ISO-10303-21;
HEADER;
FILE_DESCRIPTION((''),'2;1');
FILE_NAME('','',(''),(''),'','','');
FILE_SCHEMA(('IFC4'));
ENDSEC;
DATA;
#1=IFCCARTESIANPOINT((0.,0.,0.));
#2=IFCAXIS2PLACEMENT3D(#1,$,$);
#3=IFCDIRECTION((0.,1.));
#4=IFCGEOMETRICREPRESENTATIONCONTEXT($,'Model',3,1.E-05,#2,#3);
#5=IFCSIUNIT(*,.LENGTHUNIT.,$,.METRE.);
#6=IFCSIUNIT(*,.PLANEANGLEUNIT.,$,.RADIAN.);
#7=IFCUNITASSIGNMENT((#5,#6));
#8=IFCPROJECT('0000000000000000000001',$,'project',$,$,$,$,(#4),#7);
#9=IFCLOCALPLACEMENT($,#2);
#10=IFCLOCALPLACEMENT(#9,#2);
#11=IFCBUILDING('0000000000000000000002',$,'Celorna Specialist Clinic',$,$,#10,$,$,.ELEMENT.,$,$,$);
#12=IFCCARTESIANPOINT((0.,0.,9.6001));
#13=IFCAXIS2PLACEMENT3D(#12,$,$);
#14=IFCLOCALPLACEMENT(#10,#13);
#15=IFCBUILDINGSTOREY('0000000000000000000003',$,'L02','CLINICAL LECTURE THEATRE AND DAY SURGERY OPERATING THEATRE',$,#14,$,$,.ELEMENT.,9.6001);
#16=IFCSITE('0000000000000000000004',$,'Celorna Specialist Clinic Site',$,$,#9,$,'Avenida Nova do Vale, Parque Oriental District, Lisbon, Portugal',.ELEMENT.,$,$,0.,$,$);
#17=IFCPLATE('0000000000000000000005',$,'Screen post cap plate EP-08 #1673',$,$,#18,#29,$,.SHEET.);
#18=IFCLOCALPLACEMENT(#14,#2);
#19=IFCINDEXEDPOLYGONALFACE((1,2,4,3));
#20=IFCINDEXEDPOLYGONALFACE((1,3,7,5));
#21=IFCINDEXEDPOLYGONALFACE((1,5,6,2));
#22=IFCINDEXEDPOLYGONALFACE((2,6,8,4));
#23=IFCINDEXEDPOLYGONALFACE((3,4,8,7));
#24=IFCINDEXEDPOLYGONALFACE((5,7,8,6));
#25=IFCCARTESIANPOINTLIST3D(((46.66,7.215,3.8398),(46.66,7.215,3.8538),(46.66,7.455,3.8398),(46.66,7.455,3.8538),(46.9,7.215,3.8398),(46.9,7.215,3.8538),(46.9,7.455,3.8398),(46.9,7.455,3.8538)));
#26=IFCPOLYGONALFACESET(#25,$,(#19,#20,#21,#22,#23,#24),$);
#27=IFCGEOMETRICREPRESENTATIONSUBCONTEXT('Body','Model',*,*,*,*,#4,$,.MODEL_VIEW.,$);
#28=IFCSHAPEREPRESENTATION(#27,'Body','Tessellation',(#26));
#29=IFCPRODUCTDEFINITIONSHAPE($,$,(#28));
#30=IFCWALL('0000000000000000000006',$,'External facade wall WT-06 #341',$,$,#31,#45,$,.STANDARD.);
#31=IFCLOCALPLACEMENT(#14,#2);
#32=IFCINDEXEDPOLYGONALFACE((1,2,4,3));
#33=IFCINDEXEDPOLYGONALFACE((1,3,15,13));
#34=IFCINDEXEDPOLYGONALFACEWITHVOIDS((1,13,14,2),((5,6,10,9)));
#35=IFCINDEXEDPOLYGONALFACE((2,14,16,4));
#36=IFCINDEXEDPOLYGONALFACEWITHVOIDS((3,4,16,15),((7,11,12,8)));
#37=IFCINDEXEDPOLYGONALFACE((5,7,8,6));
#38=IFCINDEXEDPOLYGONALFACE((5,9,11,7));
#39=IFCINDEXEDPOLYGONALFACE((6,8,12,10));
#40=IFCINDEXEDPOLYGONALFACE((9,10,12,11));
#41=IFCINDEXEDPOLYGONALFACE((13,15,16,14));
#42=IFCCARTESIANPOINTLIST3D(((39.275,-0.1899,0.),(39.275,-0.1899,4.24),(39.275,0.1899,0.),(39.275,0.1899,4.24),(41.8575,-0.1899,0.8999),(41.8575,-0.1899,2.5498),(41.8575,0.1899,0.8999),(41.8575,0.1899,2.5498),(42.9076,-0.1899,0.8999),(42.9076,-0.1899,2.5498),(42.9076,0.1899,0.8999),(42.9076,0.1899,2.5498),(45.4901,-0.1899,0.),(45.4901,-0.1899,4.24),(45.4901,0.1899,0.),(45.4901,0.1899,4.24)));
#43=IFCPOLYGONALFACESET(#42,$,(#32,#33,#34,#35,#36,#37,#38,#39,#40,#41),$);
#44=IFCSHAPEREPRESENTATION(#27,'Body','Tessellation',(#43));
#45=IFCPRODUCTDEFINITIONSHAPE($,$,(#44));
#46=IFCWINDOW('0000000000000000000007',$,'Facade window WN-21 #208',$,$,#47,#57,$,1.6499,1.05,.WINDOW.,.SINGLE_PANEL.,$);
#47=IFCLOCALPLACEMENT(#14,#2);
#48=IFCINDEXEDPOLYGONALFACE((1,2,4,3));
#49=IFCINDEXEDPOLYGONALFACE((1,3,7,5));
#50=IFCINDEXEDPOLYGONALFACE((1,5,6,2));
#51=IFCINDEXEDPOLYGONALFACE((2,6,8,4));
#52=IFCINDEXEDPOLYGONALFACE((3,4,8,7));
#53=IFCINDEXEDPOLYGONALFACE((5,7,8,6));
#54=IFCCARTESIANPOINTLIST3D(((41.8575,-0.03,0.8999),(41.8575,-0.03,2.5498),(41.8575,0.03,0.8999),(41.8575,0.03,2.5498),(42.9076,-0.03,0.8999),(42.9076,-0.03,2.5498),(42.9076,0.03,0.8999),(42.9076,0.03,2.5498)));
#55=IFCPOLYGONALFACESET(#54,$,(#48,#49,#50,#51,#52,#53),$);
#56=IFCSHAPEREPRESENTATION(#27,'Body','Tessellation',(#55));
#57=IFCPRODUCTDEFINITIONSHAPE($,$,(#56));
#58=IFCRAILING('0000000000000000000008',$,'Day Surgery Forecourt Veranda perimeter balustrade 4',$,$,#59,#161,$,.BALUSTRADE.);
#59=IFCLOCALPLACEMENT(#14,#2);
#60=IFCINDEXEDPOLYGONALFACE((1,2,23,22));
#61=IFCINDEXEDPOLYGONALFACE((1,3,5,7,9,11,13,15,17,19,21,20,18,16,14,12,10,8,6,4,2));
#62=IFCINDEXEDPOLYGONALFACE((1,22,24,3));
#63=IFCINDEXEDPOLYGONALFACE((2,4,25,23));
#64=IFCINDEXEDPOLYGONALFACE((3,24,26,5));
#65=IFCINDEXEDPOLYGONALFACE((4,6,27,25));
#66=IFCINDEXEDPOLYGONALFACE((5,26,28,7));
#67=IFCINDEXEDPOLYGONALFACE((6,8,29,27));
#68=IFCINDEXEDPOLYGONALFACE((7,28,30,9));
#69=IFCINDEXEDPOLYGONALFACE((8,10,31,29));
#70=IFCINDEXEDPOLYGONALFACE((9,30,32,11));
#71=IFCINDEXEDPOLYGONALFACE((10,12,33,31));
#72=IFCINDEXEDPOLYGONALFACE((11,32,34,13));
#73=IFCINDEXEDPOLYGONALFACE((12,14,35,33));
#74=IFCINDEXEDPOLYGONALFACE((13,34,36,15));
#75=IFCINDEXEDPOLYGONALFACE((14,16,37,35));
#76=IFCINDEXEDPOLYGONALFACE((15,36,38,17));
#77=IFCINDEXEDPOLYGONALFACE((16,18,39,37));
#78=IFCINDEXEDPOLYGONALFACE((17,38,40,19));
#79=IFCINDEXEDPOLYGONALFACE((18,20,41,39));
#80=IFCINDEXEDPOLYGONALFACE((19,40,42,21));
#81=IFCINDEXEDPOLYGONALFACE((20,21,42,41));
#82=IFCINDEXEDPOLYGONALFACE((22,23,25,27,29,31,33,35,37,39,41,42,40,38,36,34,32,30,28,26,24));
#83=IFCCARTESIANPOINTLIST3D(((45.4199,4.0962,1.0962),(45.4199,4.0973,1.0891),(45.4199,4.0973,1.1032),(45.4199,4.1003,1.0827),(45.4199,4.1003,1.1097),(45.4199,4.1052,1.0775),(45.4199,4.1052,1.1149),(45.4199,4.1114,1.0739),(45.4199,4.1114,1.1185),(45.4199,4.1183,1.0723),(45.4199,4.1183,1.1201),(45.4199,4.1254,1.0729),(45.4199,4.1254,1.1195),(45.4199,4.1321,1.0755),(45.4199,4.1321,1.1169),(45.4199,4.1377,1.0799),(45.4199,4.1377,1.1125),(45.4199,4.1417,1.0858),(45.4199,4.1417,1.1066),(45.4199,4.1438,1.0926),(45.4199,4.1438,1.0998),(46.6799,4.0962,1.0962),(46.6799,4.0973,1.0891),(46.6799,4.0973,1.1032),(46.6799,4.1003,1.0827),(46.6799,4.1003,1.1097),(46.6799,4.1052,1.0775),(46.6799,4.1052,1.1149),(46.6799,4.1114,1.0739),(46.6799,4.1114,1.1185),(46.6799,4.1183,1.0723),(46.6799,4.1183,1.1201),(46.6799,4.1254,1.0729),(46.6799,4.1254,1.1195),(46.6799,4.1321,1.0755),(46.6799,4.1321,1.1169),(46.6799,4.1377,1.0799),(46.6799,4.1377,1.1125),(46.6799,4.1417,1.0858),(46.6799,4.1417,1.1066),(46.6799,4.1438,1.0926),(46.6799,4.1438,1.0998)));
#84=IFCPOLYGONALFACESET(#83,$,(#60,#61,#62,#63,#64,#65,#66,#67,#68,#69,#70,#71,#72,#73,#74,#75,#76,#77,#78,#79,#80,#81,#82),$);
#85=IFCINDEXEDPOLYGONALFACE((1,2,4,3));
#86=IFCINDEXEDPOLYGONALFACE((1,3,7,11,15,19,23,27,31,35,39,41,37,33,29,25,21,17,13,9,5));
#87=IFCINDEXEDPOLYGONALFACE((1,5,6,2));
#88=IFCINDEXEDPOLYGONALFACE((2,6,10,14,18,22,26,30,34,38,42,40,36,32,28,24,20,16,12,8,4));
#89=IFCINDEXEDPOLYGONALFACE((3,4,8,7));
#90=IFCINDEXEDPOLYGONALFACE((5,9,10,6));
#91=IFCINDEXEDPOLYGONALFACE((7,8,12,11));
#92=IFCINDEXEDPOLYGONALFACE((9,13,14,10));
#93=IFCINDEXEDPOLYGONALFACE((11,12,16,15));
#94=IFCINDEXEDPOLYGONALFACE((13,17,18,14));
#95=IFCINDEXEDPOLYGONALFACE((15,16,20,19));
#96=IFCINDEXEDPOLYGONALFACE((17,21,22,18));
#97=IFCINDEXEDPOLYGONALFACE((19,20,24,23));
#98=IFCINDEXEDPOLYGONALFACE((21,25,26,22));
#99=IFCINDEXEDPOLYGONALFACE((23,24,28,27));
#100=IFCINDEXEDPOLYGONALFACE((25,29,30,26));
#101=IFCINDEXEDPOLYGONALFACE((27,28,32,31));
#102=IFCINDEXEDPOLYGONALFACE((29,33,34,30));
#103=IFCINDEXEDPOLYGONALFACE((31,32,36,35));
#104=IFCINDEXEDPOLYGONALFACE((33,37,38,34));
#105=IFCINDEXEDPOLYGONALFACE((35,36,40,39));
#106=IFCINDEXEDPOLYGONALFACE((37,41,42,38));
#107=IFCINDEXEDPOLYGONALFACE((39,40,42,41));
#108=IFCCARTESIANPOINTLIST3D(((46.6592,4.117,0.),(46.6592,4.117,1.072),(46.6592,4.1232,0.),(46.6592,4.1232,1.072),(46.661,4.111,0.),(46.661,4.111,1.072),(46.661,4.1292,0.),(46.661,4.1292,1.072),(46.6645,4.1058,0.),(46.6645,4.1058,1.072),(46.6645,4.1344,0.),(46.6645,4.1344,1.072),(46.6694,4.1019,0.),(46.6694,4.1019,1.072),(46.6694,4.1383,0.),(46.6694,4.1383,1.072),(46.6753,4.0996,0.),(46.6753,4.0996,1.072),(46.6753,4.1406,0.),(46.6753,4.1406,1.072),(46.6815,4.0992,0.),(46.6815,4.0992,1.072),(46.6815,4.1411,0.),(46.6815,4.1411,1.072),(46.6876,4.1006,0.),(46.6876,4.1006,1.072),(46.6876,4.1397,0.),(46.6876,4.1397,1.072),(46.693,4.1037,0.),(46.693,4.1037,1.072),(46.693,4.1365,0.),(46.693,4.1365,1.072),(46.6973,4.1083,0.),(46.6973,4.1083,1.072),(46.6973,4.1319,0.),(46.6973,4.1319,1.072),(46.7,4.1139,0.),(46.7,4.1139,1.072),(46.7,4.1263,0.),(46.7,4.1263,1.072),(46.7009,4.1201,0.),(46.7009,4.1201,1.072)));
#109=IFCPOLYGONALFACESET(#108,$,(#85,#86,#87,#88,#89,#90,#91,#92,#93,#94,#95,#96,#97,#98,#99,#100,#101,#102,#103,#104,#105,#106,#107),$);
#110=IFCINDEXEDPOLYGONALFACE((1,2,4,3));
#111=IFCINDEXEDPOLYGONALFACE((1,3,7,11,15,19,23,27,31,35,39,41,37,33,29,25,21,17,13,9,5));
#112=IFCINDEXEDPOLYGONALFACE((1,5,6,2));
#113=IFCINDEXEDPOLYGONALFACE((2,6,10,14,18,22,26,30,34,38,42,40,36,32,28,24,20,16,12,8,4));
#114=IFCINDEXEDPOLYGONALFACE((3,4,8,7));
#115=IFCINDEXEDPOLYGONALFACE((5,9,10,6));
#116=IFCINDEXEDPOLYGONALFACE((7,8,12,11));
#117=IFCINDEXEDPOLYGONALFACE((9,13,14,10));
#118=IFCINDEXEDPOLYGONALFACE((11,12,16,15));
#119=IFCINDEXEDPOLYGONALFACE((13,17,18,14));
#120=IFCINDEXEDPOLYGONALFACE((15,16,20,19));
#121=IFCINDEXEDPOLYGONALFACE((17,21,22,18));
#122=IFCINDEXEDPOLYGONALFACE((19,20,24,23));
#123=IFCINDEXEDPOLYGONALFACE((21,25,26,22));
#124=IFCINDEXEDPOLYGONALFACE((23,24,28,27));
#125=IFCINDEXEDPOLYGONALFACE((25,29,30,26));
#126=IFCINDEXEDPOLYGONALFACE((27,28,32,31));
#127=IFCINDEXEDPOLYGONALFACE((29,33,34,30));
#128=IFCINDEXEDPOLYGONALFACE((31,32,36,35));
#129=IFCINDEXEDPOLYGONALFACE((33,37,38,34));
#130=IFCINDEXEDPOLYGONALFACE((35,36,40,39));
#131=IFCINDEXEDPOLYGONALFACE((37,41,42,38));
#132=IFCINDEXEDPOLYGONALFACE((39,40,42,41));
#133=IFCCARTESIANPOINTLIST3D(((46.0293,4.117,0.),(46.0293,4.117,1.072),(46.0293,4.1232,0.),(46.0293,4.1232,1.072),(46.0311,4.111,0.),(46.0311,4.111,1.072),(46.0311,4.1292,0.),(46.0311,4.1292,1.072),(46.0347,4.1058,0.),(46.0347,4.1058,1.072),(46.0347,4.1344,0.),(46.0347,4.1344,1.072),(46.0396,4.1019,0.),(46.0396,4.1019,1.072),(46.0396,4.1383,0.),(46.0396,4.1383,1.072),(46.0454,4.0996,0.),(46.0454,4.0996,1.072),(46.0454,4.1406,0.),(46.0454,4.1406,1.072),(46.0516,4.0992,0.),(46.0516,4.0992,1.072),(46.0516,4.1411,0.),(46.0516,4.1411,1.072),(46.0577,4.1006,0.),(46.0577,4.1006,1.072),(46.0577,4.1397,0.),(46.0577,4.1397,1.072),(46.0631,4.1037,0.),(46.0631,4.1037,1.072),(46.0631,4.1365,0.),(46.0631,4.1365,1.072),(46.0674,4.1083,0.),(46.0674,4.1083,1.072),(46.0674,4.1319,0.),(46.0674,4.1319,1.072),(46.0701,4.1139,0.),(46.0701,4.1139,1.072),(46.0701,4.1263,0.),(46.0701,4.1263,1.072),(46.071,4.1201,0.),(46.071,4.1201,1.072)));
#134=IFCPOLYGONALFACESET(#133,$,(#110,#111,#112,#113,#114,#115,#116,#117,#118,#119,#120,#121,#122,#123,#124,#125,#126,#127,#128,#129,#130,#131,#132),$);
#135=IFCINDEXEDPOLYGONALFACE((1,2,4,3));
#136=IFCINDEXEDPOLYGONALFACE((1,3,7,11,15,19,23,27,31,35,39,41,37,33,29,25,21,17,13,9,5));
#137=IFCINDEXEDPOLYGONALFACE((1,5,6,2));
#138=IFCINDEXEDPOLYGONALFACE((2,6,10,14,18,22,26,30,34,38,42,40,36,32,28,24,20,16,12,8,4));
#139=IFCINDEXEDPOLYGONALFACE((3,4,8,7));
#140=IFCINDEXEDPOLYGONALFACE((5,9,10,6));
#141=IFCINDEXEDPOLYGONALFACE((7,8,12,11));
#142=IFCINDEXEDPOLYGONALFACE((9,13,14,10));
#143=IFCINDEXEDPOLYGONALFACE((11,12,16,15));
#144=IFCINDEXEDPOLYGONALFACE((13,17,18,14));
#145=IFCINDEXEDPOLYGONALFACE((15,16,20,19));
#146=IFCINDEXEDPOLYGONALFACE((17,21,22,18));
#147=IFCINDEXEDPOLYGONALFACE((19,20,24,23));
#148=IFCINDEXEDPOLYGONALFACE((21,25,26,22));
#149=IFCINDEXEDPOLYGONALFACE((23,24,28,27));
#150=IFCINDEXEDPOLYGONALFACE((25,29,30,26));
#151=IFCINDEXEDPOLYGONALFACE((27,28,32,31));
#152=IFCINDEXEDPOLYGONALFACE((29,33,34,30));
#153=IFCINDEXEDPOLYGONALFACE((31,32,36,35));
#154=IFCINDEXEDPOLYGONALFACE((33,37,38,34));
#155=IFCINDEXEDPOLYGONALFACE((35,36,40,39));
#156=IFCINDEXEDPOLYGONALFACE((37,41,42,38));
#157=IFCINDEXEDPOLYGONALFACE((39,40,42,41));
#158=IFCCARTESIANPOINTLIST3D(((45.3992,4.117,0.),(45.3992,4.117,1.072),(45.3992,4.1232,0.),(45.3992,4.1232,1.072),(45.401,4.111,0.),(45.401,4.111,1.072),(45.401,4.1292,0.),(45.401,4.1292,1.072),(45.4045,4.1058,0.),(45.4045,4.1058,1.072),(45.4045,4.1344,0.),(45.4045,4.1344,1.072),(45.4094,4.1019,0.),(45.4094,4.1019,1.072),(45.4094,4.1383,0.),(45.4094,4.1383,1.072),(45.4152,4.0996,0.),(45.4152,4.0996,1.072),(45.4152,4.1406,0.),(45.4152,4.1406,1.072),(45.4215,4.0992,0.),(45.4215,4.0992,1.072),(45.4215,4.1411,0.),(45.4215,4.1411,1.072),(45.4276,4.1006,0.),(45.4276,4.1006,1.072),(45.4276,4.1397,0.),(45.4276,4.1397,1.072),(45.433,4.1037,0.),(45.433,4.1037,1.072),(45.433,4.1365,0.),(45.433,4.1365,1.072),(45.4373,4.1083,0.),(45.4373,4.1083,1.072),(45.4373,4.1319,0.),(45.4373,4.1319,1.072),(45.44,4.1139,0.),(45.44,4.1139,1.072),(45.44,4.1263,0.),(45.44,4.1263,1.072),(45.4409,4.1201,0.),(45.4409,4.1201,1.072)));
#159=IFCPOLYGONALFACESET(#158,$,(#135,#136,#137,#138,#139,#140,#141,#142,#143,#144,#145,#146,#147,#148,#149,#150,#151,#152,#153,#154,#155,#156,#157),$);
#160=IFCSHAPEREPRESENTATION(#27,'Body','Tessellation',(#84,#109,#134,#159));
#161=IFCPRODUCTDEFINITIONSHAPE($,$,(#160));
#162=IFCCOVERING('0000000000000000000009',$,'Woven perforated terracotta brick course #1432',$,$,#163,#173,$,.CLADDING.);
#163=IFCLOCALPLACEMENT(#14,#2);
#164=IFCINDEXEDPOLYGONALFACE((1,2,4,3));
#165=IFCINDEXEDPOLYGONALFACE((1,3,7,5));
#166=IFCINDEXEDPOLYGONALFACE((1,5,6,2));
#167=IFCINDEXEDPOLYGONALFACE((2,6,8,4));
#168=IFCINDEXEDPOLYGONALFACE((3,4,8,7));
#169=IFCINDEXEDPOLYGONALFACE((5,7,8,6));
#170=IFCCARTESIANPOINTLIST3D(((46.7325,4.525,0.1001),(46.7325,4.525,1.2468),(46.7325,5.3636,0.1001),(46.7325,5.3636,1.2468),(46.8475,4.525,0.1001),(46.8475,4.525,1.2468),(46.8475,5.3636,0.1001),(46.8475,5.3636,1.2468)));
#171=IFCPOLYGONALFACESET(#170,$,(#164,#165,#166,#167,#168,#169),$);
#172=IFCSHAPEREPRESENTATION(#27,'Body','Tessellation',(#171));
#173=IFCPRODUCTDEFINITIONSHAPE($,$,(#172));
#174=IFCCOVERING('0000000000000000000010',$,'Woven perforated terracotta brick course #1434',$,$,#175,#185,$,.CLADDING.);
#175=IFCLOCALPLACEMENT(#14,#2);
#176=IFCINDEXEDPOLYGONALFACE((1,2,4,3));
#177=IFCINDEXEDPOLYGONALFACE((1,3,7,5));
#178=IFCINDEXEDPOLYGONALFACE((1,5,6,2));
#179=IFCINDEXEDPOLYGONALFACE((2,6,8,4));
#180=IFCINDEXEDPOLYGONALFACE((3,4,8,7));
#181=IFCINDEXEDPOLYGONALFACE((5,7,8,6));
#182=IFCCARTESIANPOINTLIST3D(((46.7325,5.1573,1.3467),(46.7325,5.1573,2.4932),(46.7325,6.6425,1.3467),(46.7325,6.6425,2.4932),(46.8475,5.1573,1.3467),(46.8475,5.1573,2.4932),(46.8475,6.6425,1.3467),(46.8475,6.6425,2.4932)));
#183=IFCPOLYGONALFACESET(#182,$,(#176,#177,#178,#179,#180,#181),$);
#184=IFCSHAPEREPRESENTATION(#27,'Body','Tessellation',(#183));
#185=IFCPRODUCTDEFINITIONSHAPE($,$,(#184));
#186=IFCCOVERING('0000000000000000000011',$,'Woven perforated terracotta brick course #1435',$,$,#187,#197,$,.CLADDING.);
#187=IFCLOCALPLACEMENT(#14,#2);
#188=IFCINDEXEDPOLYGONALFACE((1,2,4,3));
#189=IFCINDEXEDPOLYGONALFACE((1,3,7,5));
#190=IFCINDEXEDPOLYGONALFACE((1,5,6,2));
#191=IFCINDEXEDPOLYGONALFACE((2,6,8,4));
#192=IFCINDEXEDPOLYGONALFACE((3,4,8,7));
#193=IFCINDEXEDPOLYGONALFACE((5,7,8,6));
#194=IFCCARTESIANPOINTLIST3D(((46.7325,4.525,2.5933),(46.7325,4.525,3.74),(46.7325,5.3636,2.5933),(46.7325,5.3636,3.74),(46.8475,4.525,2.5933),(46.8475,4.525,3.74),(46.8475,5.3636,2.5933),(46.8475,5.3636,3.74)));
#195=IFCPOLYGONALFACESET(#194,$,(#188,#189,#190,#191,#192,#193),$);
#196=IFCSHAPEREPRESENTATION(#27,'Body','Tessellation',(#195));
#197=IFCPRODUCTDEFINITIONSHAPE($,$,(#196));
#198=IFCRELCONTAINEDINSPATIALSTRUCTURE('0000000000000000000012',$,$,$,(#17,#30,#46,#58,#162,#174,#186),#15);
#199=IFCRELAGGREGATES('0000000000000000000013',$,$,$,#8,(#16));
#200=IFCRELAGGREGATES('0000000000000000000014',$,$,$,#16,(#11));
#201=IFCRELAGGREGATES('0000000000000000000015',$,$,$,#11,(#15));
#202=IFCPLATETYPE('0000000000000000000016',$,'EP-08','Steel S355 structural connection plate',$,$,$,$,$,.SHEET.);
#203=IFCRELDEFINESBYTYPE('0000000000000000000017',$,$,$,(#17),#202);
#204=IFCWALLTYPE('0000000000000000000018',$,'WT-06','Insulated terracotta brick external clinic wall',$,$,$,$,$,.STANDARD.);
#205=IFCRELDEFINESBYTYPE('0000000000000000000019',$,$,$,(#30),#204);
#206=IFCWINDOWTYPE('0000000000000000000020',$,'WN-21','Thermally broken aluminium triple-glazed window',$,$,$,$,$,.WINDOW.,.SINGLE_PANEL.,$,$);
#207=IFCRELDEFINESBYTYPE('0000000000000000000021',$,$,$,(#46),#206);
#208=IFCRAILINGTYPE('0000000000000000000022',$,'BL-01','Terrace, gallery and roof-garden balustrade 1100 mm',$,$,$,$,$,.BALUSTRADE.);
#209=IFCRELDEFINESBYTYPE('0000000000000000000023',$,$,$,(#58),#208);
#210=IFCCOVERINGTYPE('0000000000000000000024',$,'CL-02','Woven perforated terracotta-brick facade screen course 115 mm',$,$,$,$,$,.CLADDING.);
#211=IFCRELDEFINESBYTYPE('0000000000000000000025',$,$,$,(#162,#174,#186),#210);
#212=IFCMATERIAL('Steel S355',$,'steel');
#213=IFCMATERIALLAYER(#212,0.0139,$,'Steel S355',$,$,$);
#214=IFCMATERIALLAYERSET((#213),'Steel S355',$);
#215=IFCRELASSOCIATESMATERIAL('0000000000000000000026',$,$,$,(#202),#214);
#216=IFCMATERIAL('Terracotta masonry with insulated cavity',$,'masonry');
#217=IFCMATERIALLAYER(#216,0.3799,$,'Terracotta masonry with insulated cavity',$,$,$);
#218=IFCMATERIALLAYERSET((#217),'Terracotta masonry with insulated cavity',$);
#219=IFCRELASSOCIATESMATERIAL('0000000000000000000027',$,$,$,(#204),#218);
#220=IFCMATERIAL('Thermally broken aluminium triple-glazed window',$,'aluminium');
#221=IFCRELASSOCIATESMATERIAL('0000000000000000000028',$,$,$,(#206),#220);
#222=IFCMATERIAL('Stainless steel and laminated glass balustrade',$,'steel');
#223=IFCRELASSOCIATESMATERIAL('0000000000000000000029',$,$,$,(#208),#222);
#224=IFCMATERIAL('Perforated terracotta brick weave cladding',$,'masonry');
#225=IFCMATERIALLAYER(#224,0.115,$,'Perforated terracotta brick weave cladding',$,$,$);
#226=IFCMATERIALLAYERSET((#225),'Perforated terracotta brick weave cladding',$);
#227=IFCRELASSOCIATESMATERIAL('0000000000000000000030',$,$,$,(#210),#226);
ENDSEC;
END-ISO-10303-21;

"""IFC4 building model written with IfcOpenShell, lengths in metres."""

from ifc_helpers import new_model, si_unit, direction, frame, frame_2d, origin, origin_2d, place, context, subcontext, project, spatial, rectangle, circle, extrude, material, layer, layer_set, type_object, element, fill, save


model = new_model("IFC4")

# Units and contexts
model_context = context("Model", 3, precision=1e-05, world=origin(), true_north=direction((0.0, 1.0)))
body_context = subcontext(model_context, "Body", "Model", "MODEL_VIEW")
ifc_project = project(units=[si_unit("LENGTHUNIT", "METRE"), si_unit("PLANEANGLEUNIT", "RADIAN")], contexts=[model_context])

# Site, building, storey
site_placement = place(None, origin())
site = spatial("IfcSite", under=ifc_project, at=site_placement, Name="Celorna Specialist Clinic Site", LongName="Avenida Nova do Vale, Parque Oriental District, Lisbon, Portugal", CompositionType="ELEMENT", RefElevation=0.0)
building_placement = place(site_placement, origin())
building = spatial("IfcBuilding", under=site, at=building_placement, Name="Celorna Specialist Clinic", CompositionType="ELEMENT")
storey_placement = place(building_placement, frame((0.0, 0.0, 9.6001)))
storey = spatial("IfcBuildingStorey", under=building, at=storey_placement, Name="L02", Description="CLINICAL LECTURE THEATRE AND DAY SURGERY OPERATING THEATRE", CompositionType="ELEMENT", Elevation=9.6001)

# Shared definitions
ifc_material_1 = material(Name="Steel S355", Category="steel")

# Plate
ifc_layer_1 = layer(ifc_material_1, 0.0139, Name="Steel S355")
ifc_layer_set_1 = layer_set([ifc_layer_1], Name="Steel S355")
plate_type_1 = type_object("IfcPlateType", Name="EP-08", Description="Steel S355 structural connection plate", PredefinedType="SHEET", material=ifc_layer_set_1)
plate_1_placement = place(storey_placement, frame((46.78, 7.335, 3.8398), z_axis=(0.0, 0.0, 1.0), x_axis=(0.0, 1.0, 0.0)))
element("IfcPlate", 1, at=plate_1_placement, inside=storey, type_object=plate_type_1, Name="Screen post cap plate EP-08 #1673", PredefinedType="SHEET", context=body_context, shape_type="SweptSolid", body=[
    extrude(rectangle(XDim=0.24, YDim=0.24, at=origin_2d()), origin(), (0.0, 0.0, 1.0), 0.0139),
])

# Wall, opening, window
ifc_material_2 = material(Name="Terracotta masonry with insulated cavity", Category="masonry")
ifc_layer_2 = layer(ifc_material_2, 0.3799, Name="Terracotta masonry with insulated cavity")
ifc_layer_set_2 = layer_set([ifc_layer_2], Name="Terracotta masonry with insulated cavity")
wall_type = type_object("IfcWallType", Name="WT-06", Description="Insulated terracotta brick external clinic wall", PredefinedType="STANDARD", material=ifc_layer_set_2)
wall_placement = place(storey_placement, frame((45.49, 0.0, 0.0), z_axis=(0.0, 0.0, 1.0), x_axis=(-1.0, 0.0, 0.0)))
wall = element("IfcWall", 2, at=wall_placement, inside=storey, type_object=wall_type, Name="External facade wall WT-06 #341", PredefinedType="STANDARD", context=body_context, shape_type="SweptSolid", body=[
    extrude(rectangle(XDim=6.2151, YDim=0.3799, at=frame_2d((3.1074, 0.0))), origin(), (0.0, 0.0, 1.0), 4.24),
])
opening_placement = place(wall_placement, frame((2.5825, 0.0, 0.8999)))
opening = element("IfcOpeningElement", 3, at=opening_placement, cuts=wall, PredefinedType="OPENING", context=body_context, shape_type="SweptSolid", body=[
    extrude(rectangle(XDim=1.05, YDim=1.6499, at=frame_2d((0.5249, 0.825))), frame((0.0, 0.2, 0.0), z_axis=(0.0, -1.0, 0.0), x_axis=(1.0, 0.0, 0.0)), (0.0, 0.0, 1.0), 0.3999),
])
ifc_material_3 = material(Name="Thermally broken aluminium triple-glazed window", Category="aluminium")
window_type = type_object("IfcWindowType", Name="WN-21", Description="Thermally broken aluminium triple-glazed window", PartitioningType="SINGLE_PANEL", PredefinedType="WINDOW", material=ifc_material_3)
window_placement = place(opening_placement, origin())
window = element("IfcWindow", 4, at=window_placement, inside=storey, type_object=window_type, Name="Facade window WN-21 #208", OverallHeight=1.6499, OverallWidth=1.05, PartitioningType="SINGLE_PANEL", PredefinedType="WINDOW", context=body_context, shape_type="SweptSolid", body=[
    extrude(rectangle(XDim=1.05, YDim=1.6499, at=frame_2d((0.5249, 0.825))), frame((0.0, 0.03, 0.0), z_axis=(0.0, -1.0, 0.0), x_axis=(1.0, 0.0, 0.0)), (0.0, 0.0, 1.0), 0.0601),
])
fill(opening, window)

# Railing
ifc_material_4 = material(Name="Stainless steel and laminated glass balustrade", Category="steel")
railing_type = type_object("IfcRailingType", Name="BL-01", Description="Terrace, gallery and roof-garden balustrade 1100 mm", PredefinedType="BALUSTRADE", material=ifc_material_4)
railing_placement = place(storey_placement, frame((46.6799, 4.1201, 0.0)))
element("IfcRailing", 5, at=railing_placement, inside=storey, type_object=railing_type, Name="Day Surgery Forecourt Veranda perimeter balustrade 4", PredefinedType="BALUSTRADE", context=body_context, shape_type="SweptSolid", body=[
    extrude(circle(Radius=0.0239, at=origin_2d()), frame((0.0, 0.0, 1.0962), z_axis=(-1.0, 0.0, 0.0), x_axis=(0.0, -1.0, 0.0)), (0.0, 0.0, 1.0), 1.26),
    extrude(circle(Radius=0.021, at=origin_2d()), origin(), (0.0, 0.0, 1.0), 1.072),
    extrude(circle(Radius=0.021, at=origin_2d()), frame((-0.6299, 0.0, 0.0)), (0.0, 0.0, 1.0), 1.072),
    extrude(circle(Radius=0.021, at=origin_2d()), frame((-1.26, 0.0, 0.0)), (0.0, 0.0, 1.0), 1.072),
])

# Coverings
ifc_material_5 = material(Name="Perforated terracotta brick weave cladding", Category="masonry")
ifc_layer_3 = layer(ifc_material_5, 0.115, Name="Perforated terracotta brick weave cladding")
ifc_layer_set_3 = layer_set([ifc_layer_3], Name="Perforated terracotta brick weave cladding")
covering_type = type_object("IfcCoveringType", Name="CL-02", Description="Woven perforated terracotta-brick facade screen course 115 mm", PredefinedType="CLADDING", material=ifc_layer_set_3)
covering_1_placement = place(storey_placement, frame((46.79, 4.9443, 0.1001), z_axis=(0.0, 0.0, 1.0), x_axis=(0.0, 1.0, 0.0)))
element("IfcCovering", 6, at=covering_1_placement, inside=storey, type_object=covering_type, Name="Woven perforated terracotta brick course #1432", PredefinedType="CLADDING", context=body_context, shape_type="SweptSolid", body=[
    extrude(rectangle(XDim=0.8386, YDim=0.115, at=origin_2d()), origin(), (0.0, 0.0, 1.0), 1.1467),
])
covering_2_placement = place(storey_placement, frame((46.79, 5.8999, 1.3467), z_axis=(0.0, 0.0, 1.0), x_axis=(0.0, 1.0, 0.0)))
element("IfcCovering", 7, at=covering_2_placement, inside=storey, type_object=covering_type, Name="Woven perforated terracotta brick course #1434", PredefinedType="CLADDING", context=body_context, shape_type="SweptSolid", body=[
    extrude(rectangle(XDim=1.4851, YDim=0.115, at=origin_2d()), origin(), (0.0, 0.0, 1.0), 1.1465),
])
covering_3_placement = place(storey_placement, frame((46.79, 4.9443, 2.5933), z_axis=(0.0, 0.0, 1.0), x_axis=(0.0, 1.0, 0.0)))
element("IfcCovering", 8, at=covering_3_placement, inside=storey, type_object=covering_type, Name="Woven perforated terracotta brick course #1435", PredefinedType="CLADDING", context=body_context, shape_type="SweptSolid", body=[
    extrude(rectangle(XDim=0.8386, YDim=0.115, at=origin_2d()), origin(), (0.0, 0.0, 1.0), 1.1467),
])

save(model, "model.ifc")
